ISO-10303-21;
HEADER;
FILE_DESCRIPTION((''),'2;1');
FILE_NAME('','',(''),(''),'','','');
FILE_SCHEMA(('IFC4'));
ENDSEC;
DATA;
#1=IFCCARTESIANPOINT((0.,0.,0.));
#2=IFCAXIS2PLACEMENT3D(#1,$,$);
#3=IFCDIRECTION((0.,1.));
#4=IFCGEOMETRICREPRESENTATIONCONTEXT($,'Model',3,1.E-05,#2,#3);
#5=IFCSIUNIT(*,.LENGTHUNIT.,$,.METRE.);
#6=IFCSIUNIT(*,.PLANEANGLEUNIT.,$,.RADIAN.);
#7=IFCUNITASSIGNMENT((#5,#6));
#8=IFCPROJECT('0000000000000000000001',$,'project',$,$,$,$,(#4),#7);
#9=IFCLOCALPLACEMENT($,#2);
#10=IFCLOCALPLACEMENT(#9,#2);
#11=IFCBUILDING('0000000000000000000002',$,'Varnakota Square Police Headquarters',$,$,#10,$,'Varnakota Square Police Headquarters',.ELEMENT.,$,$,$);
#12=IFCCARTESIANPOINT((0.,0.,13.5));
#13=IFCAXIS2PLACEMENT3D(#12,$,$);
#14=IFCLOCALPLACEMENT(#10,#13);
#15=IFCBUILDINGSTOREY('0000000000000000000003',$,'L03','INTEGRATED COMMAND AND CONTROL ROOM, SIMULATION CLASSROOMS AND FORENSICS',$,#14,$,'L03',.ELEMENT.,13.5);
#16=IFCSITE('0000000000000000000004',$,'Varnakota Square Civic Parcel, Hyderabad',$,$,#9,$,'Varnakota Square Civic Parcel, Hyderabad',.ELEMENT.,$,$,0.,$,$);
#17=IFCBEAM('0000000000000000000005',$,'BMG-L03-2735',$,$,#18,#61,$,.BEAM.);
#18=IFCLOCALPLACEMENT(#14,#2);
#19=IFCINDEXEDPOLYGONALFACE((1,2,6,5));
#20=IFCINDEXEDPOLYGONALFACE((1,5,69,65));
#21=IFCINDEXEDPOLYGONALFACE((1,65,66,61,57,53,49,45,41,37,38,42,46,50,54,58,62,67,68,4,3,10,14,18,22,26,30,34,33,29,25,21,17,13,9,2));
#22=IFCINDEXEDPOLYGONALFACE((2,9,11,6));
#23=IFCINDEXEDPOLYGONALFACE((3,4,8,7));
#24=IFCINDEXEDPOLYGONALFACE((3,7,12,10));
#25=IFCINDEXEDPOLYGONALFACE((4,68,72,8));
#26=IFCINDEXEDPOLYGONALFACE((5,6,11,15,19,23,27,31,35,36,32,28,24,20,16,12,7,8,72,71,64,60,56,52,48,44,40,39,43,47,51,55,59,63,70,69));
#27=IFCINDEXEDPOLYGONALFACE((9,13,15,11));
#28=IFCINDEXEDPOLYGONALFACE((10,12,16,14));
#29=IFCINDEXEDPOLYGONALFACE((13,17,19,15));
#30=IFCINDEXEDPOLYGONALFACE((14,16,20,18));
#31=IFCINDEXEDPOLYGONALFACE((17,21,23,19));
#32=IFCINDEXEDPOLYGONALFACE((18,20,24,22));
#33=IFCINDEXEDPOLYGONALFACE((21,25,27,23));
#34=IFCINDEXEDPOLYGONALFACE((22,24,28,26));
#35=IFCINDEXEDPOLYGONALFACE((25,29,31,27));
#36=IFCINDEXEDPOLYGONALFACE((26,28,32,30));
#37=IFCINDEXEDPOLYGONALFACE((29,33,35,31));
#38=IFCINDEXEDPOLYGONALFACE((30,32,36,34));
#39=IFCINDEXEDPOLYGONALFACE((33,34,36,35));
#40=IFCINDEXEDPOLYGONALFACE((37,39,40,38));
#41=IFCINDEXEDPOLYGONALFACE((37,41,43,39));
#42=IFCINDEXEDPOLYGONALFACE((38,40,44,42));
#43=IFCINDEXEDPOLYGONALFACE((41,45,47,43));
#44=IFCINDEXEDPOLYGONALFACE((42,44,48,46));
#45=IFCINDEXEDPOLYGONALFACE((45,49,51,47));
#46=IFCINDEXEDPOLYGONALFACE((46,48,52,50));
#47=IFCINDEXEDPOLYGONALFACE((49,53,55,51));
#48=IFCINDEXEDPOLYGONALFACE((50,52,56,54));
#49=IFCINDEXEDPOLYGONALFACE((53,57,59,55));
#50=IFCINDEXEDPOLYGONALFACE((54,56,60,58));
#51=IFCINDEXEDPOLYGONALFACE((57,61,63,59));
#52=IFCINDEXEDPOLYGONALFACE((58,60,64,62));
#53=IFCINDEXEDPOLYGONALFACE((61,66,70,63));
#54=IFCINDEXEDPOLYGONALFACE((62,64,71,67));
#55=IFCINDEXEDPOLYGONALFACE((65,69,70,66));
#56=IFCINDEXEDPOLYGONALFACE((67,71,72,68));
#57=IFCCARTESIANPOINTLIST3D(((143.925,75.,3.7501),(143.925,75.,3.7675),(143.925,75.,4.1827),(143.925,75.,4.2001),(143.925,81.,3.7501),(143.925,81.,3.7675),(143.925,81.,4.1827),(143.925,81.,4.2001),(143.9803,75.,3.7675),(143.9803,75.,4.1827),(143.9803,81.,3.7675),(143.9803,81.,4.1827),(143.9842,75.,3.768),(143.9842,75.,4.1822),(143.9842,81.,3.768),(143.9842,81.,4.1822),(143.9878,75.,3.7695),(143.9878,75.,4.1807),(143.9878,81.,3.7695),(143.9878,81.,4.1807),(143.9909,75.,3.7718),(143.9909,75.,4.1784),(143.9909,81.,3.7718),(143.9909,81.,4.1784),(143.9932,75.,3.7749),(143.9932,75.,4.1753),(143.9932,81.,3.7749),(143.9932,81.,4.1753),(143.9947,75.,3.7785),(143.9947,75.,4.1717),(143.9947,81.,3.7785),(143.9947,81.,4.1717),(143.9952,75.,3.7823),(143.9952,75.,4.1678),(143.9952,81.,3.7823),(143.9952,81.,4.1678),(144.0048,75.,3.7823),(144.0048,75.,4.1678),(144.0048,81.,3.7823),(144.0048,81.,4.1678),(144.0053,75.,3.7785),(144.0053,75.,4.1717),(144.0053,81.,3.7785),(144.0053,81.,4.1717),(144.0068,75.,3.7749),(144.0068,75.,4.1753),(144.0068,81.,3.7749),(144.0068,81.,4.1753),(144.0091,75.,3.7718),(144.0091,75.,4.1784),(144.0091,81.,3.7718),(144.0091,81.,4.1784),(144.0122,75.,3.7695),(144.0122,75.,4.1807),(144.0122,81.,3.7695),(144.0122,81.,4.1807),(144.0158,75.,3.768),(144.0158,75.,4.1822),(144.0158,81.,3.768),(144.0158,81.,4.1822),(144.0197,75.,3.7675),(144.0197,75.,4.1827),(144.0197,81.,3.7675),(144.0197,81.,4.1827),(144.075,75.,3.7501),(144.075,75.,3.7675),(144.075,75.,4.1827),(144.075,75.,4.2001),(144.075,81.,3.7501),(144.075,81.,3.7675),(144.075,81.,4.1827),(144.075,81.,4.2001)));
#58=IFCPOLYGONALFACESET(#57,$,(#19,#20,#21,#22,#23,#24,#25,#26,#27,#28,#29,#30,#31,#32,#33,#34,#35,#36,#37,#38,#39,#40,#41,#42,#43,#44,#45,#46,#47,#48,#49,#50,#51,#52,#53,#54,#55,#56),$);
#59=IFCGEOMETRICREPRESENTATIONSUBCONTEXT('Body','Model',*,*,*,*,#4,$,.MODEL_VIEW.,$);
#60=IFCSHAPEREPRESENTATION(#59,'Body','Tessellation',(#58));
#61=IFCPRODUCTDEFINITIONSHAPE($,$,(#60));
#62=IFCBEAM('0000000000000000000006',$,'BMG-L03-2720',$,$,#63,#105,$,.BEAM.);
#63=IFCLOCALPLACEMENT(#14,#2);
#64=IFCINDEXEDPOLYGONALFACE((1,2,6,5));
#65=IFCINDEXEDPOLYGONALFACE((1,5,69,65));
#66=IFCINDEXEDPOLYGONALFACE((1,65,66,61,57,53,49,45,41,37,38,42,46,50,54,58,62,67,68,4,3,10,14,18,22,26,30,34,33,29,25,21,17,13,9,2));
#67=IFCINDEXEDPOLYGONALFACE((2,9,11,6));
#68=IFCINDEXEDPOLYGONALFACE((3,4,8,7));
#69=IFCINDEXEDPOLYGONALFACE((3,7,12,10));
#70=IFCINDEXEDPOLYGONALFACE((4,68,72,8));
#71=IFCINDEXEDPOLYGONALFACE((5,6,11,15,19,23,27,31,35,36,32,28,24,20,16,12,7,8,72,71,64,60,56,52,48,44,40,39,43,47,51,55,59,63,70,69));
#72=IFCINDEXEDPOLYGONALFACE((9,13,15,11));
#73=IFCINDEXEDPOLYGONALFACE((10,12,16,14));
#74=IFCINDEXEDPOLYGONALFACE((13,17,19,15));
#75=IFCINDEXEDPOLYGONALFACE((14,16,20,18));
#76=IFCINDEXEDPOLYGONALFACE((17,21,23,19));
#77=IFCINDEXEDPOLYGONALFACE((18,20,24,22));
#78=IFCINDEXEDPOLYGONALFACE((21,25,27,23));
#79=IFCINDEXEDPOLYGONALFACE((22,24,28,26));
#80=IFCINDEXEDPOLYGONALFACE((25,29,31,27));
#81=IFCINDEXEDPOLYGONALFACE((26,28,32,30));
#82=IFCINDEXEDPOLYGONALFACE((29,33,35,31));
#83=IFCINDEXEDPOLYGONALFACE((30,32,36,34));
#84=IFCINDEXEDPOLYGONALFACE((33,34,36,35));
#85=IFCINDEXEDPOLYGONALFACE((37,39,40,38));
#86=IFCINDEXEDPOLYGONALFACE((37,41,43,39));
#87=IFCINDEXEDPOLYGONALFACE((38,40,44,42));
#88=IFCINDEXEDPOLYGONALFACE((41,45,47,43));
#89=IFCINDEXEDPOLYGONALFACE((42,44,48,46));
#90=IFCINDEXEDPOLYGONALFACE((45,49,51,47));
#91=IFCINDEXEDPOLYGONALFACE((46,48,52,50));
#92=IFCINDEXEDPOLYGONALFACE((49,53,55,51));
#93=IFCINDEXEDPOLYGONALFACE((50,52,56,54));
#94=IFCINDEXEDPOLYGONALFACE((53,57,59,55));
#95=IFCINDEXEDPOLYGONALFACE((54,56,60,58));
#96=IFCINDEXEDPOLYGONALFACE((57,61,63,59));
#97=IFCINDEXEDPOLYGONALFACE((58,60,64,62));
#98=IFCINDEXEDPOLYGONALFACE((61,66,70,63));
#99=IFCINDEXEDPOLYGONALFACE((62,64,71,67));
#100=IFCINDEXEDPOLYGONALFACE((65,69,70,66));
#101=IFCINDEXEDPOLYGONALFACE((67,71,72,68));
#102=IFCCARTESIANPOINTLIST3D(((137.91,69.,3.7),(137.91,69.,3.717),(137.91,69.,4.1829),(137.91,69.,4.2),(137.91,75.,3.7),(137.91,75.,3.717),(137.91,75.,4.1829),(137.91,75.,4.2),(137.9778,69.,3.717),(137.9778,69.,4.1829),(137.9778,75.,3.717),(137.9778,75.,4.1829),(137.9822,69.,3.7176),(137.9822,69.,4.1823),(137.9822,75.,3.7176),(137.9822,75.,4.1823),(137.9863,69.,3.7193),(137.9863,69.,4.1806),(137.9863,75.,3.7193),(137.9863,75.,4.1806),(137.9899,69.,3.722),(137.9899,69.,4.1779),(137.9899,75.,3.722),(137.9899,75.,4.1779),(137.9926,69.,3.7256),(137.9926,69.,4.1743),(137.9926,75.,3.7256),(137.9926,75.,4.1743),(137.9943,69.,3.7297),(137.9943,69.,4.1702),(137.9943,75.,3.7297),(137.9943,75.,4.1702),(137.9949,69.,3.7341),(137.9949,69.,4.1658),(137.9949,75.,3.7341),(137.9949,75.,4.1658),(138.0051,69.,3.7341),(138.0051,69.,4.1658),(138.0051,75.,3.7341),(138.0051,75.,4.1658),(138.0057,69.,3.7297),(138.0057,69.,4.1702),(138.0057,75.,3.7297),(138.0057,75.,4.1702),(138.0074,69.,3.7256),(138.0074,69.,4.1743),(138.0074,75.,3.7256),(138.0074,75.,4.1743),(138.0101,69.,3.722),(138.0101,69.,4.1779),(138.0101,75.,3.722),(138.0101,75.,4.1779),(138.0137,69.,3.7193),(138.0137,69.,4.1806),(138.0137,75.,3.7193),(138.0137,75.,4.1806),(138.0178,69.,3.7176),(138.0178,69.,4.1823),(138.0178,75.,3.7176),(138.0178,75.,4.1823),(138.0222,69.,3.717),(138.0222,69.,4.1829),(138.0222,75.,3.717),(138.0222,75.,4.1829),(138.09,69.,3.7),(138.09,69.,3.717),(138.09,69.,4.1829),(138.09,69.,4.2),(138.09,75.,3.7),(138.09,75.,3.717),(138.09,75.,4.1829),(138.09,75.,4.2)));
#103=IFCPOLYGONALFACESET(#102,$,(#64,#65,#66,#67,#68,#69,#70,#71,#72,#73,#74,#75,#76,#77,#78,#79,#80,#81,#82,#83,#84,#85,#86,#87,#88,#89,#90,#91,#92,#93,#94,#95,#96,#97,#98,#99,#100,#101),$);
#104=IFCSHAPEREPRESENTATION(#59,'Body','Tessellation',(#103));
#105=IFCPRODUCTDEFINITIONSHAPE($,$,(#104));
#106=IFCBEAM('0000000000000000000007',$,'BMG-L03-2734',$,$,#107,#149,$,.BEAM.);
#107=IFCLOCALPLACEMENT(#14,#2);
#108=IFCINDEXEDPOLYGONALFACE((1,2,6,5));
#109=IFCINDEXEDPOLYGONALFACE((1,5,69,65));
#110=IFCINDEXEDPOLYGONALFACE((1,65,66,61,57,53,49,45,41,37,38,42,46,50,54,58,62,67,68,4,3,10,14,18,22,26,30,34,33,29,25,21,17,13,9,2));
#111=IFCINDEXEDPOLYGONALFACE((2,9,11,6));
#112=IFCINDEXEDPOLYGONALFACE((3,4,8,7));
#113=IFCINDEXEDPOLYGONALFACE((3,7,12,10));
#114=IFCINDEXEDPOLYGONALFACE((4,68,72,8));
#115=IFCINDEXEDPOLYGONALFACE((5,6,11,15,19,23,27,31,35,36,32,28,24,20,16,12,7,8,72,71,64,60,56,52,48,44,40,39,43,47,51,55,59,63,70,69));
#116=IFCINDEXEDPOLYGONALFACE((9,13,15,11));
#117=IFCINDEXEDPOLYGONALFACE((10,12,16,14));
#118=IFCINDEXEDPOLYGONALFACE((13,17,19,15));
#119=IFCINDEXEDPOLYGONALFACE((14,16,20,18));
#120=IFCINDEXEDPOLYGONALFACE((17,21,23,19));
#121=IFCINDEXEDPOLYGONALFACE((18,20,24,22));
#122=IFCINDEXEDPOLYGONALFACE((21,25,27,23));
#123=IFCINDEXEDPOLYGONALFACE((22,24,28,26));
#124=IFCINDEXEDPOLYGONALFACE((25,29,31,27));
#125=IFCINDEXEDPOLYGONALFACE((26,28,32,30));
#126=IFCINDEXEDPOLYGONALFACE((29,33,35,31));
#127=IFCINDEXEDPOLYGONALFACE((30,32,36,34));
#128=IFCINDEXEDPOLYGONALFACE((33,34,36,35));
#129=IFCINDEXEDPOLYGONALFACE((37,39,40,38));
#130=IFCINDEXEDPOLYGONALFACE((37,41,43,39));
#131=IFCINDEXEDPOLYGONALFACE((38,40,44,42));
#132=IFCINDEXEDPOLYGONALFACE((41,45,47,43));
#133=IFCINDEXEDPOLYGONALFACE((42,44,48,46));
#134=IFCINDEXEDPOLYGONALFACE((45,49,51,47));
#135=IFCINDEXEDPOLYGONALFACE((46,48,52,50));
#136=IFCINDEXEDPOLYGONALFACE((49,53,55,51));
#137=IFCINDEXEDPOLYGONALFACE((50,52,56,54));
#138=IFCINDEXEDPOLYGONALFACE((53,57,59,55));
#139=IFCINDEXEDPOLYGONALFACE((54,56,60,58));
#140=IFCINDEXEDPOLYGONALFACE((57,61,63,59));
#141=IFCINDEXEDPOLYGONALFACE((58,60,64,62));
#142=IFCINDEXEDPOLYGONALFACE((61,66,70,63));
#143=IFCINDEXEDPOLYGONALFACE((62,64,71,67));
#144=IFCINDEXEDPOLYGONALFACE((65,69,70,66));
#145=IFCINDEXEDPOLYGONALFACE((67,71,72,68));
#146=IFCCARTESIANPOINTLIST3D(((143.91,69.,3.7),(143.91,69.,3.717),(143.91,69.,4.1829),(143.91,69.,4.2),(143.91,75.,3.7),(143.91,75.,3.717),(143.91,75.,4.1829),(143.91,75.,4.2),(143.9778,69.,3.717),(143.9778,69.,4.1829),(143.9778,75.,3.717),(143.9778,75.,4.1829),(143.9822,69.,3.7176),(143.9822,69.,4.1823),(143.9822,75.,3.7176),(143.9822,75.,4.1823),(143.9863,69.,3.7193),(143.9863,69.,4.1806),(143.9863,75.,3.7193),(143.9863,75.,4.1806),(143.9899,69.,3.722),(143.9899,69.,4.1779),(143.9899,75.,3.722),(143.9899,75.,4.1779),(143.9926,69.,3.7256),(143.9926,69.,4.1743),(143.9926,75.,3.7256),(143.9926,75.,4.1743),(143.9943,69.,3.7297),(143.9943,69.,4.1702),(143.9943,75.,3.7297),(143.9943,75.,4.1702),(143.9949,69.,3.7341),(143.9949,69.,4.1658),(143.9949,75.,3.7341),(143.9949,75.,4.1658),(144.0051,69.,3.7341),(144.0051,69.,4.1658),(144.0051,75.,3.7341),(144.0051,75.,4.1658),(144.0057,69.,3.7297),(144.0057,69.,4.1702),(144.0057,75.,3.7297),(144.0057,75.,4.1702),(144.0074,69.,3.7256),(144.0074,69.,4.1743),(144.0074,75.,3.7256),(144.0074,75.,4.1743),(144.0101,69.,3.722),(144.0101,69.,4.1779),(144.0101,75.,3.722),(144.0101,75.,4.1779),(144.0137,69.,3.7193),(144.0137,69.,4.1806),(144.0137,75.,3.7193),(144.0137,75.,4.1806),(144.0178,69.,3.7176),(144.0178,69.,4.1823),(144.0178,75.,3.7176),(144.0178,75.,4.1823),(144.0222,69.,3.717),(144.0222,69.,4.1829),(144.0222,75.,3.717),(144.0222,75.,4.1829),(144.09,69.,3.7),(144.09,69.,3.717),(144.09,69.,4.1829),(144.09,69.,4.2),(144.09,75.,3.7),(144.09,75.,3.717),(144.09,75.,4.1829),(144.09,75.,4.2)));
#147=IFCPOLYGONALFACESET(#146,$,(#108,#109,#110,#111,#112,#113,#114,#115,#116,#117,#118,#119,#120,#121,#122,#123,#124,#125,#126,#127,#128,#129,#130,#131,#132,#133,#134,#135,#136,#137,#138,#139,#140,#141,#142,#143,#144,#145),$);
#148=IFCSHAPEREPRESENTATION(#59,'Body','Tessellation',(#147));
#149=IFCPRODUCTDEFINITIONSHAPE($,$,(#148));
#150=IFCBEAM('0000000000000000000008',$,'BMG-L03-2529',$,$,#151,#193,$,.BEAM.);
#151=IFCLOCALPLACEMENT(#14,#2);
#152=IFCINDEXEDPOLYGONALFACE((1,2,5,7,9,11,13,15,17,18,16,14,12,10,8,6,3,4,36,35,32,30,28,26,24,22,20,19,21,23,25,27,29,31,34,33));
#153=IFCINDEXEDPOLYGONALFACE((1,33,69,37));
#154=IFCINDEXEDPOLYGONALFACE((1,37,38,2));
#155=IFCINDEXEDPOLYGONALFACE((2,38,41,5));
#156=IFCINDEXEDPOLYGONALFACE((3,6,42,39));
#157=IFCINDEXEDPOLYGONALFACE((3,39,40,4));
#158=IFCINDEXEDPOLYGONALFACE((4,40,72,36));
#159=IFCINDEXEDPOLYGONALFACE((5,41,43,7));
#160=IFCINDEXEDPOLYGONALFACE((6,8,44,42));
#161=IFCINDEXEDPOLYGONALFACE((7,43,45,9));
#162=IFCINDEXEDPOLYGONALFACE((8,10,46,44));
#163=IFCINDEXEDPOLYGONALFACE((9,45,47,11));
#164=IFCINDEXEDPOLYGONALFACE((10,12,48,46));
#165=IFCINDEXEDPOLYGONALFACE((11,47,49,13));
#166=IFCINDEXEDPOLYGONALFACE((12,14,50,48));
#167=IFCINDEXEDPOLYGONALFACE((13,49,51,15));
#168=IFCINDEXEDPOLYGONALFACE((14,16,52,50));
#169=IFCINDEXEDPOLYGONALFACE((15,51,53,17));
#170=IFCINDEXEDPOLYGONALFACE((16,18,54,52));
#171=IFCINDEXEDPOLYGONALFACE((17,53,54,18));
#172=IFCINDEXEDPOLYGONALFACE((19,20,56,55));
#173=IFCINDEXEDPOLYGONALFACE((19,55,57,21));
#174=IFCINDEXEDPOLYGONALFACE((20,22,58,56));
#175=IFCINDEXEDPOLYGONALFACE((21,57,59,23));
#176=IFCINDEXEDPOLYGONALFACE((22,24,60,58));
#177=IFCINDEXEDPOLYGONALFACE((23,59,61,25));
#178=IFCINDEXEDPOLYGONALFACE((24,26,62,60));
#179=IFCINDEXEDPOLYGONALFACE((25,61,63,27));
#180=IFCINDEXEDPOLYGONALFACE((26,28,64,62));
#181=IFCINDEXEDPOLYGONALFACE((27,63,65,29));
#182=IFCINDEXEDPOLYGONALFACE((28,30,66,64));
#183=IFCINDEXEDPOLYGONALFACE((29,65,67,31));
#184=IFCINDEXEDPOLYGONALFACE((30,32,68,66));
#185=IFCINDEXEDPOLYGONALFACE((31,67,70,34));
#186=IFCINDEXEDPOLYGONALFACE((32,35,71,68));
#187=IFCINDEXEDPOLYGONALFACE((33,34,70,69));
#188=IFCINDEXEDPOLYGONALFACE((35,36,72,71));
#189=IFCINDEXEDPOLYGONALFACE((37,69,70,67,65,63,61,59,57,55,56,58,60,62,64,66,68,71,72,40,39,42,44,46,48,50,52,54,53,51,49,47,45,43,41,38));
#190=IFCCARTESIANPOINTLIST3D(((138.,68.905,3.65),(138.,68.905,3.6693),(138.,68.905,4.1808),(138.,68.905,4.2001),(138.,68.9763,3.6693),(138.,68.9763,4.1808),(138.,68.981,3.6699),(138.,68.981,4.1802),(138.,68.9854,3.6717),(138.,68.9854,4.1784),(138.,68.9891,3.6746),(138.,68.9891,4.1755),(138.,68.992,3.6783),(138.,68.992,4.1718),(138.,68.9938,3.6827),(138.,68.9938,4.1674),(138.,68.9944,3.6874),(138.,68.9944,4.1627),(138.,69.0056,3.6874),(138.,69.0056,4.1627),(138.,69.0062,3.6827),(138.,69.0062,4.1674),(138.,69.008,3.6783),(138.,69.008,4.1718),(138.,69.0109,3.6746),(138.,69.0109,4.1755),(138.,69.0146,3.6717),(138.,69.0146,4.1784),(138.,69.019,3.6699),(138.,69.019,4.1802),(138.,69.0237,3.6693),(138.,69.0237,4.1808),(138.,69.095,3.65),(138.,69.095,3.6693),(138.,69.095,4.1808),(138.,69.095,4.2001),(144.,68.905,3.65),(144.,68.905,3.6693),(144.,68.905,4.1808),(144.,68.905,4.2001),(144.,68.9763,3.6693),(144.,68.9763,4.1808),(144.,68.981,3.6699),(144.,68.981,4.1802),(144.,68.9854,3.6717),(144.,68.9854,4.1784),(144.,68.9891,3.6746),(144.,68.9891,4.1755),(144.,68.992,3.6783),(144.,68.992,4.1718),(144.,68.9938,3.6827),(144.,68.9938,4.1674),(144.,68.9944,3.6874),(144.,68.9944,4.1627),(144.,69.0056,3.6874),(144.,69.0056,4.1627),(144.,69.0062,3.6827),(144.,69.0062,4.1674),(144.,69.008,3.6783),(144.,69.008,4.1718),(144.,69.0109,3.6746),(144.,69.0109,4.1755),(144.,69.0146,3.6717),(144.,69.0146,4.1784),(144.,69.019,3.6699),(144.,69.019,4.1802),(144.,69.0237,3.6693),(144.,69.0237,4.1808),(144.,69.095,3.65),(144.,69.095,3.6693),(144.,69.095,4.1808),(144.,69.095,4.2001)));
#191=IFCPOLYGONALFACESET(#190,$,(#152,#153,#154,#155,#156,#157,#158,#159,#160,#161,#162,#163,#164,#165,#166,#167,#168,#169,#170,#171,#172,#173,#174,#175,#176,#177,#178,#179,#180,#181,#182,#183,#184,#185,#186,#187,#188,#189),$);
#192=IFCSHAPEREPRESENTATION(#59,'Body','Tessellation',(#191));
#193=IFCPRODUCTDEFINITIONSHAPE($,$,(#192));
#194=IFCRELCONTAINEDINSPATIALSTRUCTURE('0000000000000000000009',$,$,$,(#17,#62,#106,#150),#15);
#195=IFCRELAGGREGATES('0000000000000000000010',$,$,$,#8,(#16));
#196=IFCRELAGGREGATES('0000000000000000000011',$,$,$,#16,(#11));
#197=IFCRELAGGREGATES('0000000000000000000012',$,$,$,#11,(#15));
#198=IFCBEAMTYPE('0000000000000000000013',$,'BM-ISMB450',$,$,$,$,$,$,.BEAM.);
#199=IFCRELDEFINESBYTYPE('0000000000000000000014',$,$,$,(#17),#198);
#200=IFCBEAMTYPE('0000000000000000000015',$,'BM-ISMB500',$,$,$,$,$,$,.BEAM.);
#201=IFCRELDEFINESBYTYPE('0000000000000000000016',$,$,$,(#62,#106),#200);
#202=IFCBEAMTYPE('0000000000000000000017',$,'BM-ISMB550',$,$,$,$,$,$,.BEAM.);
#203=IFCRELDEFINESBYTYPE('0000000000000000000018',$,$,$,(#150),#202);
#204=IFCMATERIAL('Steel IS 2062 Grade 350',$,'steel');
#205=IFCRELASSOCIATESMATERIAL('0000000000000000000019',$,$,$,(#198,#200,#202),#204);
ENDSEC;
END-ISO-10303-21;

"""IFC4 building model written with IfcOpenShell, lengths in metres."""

from ifc_helpers import new_model, si_unit, direction, frame, origin, origin_2d, place, context, subcontext, project, spatial, i_section, extrude, material, material_profile, profile_set, type_object, element, save


model = new_model("IFC4")

# Units and contexts
model_context = context("Model", 3, precision=1e-05, world=origin(), true_north=direction((0.0, 1.0)))
body_context = subcontext(model_context, "Body", "Model", "MODEL_VIEW")
ifc_project = project(units=[si_unit("LENGTHUNIT", "METRE"), si_unit("PLANEANGLEUNIT", "RADIAN")], contexts=[model_context])

# Site, building, storey
site_placement = place(None, origin())
site = spatial("IfcSite", under=ifc_project, at=site_placement, Name="Varnakota Square Civic Parcel, Hyderabad", LongName="Varnakota Square Civic Parcel, Hyderabad", CompositionType="ELEMENT", RefElevation=0.0)
building_placement = place(site_placement, origin())
building = spatial("IfcBuilding", under=site, at=building_placement, Name="Varnakota Square Police Headquarters", LongName="Varnakota Square Police Headquarters", CompositionType="ELEMENT")
storey_placement = place(building_placement, frame((0.0, 0.0, 13.5)))
storey = spatial("IfcBuildingStorey", under=building, at=storey_placement, Name="L03", Description="INTEGRATED COMMAND AND CONTROL ROOM, SIMULATION CLASSROOMS AND FORENSICS", LongName="L03", CompositionType="ELEMENT", Elevation=13.5)

# Shared definitions
ifc_material_1 = material(Name="Steel IS 2062 Grade 350", Category="steel")

# Beams
ifc_material_profile_1 = material_profile(ifc_material_1, i_section(OverallWidth=0.1499, OverallDepth=0.45, WebThickness=0.0095, FlangeThickness=0.0173, FilletRadius=0.0149, at=origin_2d()), Name="ISMB 450")
ifc_profile_set_1 = profile_set([ifc_material_profile_1], Name="Steel IS 2062 Grade 350")
beam_type_1 = type_object("IfcBeamType", Name="BM-ISMB450", PredefinedType="BEAM", material=ifc_profile_set_1)
for number, where, z_axis, x_axis, name in (
    (1, (144.0, 75.0, 3.9751), (0.0, 1.0, 0.0), (-1.0, 0.0, 0.0), "BMG-L03-2735"),
):
    element("IfcBeam", number, at=place(storey_placement, frame(where, z_axis=z_axis, x_axis=x_axis)), inside=storey, type_object=beam_type_1, Name=name, PredefinedType="BEAM", context=body_context, shape_type="SweptSolid", body=[
        extrude(i_section(OverallWidth=0.1499, OverallDepth=0.45, WebThickness=0.0095, FlangeThickness=0.0173, FilletRadius=0.0149, at=origin_2d()), origin(), (0.0, 0.0, 1.0), 6.0),
    ])
ifc_material_profile_2 = material_profile(ifc_material_1, i_section(OverallWidth=0.1799, OverallDepth=0.5, WebThickness=0.0103, FlangeThickness=0.0171, FilletRadius=0.0171, at=origin_2d()), Name="ISMB 500")
ifc_profile_set_2 = profile_set([ifc_material_profile_2], Name="Steel IS 2062 Grade 350")
beam_type_2 = type_object("IfcBeamType", Name="BM-ISMB500", PredefinedType="BEAM", material=ifc_profile_set_2)
for number, where, z_axis, x_axis, name in (
    (2, (138.0, 69.0, 3.95), (0.0, 1.0, 0.0), (-1.0, 0.0, 0.0), "BMG-L03-2720"),
    (3, (144.0, 69.0, 3.95), (0.0, 1.0, 0.0), (-1.0, 0.0, 0.0), "BMG-L03-2734"),
):
    element("IfcBeam", number, at=place(storey_placement, frame(where, z_axis=z_axis, x_axis=x_axis)), inside=storey, type_object=beam_type_2, Name=name, PredefinedType="BEAM", context=body_context, shape_type="SweptSolid", body=[
        extrude(i_section(OverallWidth=0.1799, OverallDepth=0.5, WebThickness=0.0103, FlangeThickness=0.0171, FilletRadius=0.0171, at=origin_2d()), origin(), (0.0, 0.0, 1.0), 6.0),
    ])
ifc_material_profile_3 = material_profile(ifc_material_1, i_section(OverallWidth=0.1899, OverallDepth=0.55, WebThickness=0.0112, FlangeThickness=0.0193, FilletRadius=0.0181, at=origin_2d()), Name="ISMB 550")
ifc_profile_set_3 = profile_set([ifc_material_profile_3], Name="Steel IS 2062 Grade 350")
beam_type_3 = type_object("IfcBeamType", Name="BM-ISMB550", PredefinedType="BEAM", material=ifc_profile_set_3)
for number, where, z_axis, x_axis, name in (
    (4, (138.0, 69.0, 3.925), (1.0, 0.0, 0.0), (0.0, 1.0, 0.0), "BMG-L03-2529"),
):
    element("IfcBeam", number, at=place(storey_placement, frame(where, z_axis=z_axis, x_axis=x_axis)), inside=storey, type_object=beam_type_3, Name=name, PredefinedType="BEAM", context=body_context, shape_type="SweptSolid", body=[
        extrude(i_section(OverallWidth=0.1899, OverallDepth=0.55, WebThickness=0.0112, FlangeThickness=0.0193, FilletRadius=0.0181, at=origin_2d()), origin(), (0.0, 0.0, 1.0), 6.0),
    ])

save(model, "model.ifc")
